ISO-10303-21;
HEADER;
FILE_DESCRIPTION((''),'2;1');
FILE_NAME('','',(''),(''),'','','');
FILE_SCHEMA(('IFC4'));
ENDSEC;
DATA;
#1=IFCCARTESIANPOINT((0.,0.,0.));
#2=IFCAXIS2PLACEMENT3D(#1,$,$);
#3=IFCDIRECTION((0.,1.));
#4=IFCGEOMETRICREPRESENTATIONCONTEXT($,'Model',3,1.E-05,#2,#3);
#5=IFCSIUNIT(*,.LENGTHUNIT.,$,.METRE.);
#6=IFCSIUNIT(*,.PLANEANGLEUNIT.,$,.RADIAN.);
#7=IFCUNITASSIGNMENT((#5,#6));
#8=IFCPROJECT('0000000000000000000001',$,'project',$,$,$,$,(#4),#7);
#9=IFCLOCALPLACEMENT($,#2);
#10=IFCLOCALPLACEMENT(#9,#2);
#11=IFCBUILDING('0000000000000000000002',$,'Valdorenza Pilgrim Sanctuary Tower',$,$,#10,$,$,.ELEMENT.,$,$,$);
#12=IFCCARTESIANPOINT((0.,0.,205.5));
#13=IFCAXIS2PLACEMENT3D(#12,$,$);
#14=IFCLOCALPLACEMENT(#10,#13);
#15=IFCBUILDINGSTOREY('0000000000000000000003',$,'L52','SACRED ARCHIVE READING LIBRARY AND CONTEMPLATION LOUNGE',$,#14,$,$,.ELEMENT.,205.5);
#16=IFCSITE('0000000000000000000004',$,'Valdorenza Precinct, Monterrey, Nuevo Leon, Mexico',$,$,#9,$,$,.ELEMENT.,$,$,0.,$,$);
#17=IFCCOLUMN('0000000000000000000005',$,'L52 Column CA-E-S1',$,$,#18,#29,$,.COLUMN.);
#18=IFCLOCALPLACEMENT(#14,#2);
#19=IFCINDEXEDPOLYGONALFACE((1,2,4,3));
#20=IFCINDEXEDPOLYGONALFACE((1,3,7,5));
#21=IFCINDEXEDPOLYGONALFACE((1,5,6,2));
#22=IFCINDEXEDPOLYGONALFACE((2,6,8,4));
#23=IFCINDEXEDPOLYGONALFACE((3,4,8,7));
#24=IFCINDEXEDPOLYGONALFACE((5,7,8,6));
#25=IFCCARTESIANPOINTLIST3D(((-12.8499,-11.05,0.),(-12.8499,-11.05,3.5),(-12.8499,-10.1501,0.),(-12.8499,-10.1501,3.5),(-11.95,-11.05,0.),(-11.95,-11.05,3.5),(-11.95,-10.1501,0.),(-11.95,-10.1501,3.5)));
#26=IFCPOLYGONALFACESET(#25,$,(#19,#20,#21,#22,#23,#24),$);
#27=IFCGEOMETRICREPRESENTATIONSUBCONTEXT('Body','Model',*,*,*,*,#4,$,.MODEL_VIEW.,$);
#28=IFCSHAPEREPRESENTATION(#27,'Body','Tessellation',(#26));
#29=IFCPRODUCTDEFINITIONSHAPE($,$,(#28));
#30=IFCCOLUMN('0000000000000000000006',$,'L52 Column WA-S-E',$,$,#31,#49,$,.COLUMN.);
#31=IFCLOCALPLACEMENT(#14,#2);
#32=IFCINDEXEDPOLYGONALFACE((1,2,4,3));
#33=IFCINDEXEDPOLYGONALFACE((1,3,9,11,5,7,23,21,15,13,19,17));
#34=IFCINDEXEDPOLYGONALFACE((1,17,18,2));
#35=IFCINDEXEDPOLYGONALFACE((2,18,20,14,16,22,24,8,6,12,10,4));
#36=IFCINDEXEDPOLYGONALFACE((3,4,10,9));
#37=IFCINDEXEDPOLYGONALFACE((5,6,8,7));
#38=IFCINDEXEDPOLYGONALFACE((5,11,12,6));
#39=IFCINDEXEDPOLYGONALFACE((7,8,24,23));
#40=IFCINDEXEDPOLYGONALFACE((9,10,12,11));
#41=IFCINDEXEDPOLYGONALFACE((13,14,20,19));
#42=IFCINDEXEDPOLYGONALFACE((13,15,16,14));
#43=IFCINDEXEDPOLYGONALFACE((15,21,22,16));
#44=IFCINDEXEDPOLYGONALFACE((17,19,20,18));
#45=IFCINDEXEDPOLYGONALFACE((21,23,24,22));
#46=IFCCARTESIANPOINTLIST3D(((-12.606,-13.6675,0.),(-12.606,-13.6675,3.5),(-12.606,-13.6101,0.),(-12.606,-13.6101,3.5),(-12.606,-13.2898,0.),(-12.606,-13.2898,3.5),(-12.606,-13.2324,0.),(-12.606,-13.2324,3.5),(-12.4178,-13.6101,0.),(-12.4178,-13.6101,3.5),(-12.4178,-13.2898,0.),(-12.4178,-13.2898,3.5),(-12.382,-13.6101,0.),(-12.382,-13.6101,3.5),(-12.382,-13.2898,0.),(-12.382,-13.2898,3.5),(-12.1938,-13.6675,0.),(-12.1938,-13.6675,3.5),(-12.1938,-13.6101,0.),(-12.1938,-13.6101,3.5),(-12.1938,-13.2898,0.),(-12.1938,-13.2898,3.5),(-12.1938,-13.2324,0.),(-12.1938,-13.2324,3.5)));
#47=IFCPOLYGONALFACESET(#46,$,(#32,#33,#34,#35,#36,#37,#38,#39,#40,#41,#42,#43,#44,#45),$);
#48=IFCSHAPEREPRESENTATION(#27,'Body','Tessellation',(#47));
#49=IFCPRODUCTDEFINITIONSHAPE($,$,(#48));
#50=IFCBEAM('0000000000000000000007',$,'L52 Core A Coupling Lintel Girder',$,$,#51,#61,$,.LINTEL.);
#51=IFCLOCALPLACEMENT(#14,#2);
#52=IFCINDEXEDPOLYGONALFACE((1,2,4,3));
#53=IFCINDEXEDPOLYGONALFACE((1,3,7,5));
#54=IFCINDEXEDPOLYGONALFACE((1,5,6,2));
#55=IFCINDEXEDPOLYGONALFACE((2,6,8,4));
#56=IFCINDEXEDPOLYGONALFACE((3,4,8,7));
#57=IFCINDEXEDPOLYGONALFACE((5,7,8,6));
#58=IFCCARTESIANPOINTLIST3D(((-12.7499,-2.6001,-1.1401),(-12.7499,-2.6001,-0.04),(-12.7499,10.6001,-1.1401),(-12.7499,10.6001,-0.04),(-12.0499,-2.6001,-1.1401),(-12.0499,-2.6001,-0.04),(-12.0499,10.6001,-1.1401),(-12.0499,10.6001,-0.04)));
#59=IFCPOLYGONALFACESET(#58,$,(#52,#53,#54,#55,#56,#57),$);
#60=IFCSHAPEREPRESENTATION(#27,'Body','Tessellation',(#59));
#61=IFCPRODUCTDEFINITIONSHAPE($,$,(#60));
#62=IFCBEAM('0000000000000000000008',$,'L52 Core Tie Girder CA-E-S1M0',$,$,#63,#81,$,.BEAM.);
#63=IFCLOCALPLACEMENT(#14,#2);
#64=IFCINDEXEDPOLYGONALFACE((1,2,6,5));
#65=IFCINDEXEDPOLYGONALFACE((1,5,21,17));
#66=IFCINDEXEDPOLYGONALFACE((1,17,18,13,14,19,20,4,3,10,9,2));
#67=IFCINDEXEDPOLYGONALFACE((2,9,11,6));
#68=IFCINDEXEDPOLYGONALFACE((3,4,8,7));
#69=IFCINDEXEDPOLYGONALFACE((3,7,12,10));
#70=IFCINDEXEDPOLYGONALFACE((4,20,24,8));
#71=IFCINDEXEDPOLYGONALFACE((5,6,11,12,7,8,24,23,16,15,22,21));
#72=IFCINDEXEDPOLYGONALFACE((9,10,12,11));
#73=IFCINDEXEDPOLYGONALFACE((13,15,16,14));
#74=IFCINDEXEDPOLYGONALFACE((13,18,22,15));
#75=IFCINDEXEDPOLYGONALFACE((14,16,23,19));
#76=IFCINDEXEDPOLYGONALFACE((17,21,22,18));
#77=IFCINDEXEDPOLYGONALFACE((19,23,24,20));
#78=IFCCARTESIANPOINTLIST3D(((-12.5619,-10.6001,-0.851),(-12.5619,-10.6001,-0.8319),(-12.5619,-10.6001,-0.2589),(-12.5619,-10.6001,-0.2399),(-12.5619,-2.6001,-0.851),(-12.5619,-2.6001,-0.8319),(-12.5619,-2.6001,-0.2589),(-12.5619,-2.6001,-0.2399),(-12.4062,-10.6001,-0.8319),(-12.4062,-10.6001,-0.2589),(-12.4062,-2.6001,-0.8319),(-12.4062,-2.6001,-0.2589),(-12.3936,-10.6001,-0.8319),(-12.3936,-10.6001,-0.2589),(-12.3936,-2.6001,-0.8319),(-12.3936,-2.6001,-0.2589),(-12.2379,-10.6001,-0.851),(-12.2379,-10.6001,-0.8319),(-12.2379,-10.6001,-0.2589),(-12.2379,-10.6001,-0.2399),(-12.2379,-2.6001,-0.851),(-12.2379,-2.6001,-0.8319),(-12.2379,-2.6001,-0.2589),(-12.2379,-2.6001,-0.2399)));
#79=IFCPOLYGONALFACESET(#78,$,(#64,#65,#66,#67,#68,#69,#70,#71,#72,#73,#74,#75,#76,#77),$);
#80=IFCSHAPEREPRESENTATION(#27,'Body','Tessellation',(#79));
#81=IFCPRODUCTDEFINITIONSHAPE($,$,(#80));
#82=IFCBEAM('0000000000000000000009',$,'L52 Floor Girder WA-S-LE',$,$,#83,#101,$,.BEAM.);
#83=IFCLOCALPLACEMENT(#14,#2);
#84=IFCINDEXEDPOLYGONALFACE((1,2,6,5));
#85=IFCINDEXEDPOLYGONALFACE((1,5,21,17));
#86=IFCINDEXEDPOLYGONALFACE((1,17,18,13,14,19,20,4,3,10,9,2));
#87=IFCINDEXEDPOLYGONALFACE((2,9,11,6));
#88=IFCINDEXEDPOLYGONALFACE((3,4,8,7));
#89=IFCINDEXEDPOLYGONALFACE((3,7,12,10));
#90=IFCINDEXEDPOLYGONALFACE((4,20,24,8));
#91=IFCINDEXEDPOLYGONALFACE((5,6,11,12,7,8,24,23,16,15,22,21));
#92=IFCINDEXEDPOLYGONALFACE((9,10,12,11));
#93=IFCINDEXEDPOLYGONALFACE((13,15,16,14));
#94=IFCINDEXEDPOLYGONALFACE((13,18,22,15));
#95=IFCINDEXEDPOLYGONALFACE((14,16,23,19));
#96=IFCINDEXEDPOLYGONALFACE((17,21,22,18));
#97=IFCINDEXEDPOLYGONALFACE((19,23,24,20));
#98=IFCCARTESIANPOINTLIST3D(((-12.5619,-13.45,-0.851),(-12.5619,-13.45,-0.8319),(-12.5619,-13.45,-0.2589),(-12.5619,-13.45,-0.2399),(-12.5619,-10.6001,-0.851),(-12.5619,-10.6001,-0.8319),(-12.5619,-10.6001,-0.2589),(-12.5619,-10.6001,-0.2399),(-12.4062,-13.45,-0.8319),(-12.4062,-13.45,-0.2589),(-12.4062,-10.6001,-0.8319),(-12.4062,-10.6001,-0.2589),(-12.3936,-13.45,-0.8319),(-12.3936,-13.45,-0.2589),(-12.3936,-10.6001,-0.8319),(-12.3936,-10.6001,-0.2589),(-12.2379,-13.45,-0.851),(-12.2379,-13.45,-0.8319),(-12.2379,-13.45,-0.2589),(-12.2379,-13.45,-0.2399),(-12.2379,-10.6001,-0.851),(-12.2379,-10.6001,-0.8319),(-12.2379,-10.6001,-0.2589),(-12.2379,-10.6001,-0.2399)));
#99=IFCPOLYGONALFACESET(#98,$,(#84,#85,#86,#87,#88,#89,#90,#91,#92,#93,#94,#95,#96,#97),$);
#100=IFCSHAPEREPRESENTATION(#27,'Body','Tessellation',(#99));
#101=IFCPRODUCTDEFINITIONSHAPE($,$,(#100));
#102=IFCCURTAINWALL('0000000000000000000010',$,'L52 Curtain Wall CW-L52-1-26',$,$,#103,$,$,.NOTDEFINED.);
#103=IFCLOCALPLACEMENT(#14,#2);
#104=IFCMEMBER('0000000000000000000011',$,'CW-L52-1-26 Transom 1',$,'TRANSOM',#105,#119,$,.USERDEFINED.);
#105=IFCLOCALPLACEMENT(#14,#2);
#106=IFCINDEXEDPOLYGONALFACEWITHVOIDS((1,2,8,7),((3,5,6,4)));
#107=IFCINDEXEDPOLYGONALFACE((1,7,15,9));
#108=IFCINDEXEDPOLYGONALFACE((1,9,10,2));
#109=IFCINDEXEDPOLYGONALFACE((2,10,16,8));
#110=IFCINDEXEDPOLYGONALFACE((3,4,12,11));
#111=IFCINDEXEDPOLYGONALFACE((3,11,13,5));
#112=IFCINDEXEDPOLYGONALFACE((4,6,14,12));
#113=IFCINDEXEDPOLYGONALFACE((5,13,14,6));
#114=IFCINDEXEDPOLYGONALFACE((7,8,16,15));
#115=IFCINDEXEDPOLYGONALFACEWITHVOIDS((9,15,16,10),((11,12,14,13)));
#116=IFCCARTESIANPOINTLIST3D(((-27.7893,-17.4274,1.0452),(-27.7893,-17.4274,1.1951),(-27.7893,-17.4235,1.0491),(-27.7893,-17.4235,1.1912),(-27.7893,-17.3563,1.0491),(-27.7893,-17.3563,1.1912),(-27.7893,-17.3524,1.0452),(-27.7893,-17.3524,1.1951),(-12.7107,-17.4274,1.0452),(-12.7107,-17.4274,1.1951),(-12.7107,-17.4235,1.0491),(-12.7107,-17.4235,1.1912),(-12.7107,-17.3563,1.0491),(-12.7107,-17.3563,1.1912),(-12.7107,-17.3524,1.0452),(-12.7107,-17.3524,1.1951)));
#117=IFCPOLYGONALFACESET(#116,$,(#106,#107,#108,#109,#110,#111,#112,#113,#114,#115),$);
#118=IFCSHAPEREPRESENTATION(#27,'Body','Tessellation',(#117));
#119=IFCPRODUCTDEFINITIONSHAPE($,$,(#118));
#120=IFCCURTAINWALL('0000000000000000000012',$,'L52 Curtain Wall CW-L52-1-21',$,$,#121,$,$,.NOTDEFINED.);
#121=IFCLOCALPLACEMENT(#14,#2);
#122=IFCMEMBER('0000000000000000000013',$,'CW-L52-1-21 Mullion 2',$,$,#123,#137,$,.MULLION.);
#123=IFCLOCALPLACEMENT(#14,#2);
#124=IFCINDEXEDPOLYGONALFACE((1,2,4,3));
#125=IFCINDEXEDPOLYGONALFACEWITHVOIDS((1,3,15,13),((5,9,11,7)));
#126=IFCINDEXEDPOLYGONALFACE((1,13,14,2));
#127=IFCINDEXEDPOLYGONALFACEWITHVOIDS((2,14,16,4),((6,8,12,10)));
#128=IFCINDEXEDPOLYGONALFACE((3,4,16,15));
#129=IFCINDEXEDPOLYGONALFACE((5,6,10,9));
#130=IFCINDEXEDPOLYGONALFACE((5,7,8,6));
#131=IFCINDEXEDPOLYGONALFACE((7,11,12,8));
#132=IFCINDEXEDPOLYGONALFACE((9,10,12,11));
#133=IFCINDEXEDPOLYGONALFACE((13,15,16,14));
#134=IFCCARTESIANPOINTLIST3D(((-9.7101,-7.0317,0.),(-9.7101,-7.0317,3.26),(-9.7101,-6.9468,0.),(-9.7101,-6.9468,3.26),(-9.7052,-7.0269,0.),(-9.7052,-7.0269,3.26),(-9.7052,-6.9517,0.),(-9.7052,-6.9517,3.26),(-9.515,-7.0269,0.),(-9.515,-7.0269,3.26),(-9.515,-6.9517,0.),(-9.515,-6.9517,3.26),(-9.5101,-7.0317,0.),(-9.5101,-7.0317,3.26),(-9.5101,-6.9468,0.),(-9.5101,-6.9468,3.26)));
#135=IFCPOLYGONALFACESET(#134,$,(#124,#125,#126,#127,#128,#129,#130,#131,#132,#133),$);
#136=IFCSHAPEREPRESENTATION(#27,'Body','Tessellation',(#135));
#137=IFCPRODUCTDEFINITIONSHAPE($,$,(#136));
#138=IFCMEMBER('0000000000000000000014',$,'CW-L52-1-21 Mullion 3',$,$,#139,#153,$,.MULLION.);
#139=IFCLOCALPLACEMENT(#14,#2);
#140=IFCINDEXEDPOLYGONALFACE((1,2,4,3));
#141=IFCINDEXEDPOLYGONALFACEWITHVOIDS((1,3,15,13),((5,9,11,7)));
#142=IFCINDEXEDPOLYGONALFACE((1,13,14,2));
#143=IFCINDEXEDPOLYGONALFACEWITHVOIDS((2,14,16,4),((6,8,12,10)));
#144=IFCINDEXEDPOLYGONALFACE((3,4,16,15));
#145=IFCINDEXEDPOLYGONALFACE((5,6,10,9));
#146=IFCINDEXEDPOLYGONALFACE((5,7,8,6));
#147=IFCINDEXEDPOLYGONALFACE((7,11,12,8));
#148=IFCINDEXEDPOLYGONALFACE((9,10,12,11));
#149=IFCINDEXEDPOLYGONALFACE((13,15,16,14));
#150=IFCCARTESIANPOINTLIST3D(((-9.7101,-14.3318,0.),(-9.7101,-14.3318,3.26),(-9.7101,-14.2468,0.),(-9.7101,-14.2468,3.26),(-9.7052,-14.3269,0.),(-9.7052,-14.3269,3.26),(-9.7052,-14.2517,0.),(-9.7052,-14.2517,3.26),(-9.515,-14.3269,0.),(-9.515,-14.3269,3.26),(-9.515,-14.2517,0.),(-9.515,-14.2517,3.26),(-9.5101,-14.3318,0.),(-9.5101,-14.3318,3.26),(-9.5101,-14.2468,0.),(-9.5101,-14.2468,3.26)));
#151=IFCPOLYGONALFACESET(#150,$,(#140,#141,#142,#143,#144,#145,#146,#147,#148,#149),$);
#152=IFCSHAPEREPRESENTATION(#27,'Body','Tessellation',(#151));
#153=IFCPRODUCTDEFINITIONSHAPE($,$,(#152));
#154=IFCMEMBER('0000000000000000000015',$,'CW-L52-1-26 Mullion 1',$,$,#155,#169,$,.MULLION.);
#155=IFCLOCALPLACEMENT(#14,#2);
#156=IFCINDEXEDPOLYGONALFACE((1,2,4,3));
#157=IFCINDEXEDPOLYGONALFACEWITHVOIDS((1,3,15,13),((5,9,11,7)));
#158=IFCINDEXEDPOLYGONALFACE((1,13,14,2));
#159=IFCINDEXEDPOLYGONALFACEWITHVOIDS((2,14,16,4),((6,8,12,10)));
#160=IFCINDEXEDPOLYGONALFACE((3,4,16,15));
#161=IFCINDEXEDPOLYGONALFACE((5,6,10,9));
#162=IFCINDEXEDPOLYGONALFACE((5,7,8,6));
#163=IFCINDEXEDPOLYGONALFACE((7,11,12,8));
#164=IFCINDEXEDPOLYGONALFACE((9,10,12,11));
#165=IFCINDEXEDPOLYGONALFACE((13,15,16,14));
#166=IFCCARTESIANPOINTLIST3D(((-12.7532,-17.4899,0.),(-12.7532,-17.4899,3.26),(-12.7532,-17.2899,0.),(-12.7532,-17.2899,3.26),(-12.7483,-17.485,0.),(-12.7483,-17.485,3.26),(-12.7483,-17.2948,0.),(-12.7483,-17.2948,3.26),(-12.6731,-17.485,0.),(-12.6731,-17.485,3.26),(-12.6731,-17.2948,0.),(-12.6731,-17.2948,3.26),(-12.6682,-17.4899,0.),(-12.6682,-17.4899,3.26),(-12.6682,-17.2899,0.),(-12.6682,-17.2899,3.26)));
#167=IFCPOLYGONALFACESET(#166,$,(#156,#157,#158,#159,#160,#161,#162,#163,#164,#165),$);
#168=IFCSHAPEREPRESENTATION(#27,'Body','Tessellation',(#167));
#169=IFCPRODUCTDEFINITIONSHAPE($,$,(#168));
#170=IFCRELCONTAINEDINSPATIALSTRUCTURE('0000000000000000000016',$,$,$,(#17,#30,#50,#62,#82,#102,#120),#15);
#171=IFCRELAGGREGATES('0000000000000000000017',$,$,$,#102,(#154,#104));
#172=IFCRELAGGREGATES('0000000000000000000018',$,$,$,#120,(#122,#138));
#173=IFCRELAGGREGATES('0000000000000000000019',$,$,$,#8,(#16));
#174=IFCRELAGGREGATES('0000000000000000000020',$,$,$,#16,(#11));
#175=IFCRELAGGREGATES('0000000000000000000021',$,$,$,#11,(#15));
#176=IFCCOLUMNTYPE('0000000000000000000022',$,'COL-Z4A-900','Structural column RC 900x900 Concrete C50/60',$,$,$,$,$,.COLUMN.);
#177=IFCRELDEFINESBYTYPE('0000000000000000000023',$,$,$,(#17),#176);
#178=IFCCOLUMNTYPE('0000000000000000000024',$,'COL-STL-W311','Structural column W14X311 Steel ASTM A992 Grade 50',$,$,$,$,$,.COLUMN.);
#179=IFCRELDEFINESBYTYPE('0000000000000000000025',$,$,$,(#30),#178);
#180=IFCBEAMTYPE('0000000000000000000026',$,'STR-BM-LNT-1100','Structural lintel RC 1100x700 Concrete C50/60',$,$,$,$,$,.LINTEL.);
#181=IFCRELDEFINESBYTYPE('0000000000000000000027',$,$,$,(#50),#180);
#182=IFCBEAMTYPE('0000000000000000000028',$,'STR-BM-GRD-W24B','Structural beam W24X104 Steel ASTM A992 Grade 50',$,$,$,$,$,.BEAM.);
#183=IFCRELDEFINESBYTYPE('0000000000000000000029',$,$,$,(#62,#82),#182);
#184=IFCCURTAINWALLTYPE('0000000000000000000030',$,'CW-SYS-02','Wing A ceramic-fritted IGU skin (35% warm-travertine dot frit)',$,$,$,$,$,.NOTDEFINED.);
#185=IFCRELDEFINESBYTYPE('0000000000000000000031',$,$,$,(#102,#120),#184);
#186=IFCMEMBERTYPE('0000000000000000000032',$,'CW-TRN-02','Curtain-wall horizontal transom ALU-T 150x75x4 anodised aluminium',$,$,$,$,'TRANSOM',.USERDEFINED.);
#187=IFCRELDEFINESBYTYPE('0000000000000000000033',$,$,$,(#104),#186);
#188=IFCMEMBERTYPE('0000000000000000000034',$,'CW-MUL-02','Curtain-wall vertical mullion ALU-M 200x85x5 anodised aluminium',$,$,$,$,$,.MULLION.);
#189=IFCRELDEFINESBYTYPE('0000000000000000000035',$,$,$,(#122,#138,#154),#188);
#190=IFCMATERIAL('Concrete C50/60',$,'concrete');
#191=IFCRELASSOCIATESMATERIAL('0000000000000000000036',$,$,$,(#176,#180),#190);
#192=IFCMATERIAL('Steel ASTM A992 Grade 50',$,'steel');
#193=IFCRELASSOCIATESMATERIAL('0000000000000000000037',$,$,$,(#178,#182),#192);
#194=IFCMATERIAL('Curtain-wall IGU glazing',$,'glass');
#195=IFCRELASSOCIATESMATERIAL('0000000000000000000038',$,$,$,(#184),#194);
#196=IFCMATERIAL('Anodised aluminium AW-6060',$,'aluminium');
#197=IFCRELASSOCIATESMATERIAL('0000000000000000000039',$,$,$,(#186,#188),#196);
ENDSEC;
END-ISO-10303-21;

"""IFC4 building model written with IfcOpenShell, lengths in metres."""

from ifc_helpers import new_model, si_unit, direction, frame, origin, origin_2d, place, context, subcontext, project, spatial, rectangle, hollow_rectangle, i_section, extrude, source, transform, mapped, material, material_profile, profile_set, type_object, element, aggregate, save


model = new_model("IFC4")

# Units and contexts
model_context = context("Model", 3, precision=1e-05, world=origin(), true_north=direction((0.0, 1.0)))
body_context = subcontext(model_context, "Body", "Model", "MODEL_VIEW")
ifc_project = project(units=[si_unit("LENGTHUNIT", "METRE"), si_unit("PLANEANGLEUNIT", "RADIAN")], contexts=[model_context])

# Site, building, storey
site_placement = place(None, origin())
site = spatial("IfcSite", under=ifc_project, at=site_placement, Name="Valdorenza Precinct, Monterrey, Nuevo Leon, Mexico", CompositionType="ELEMENT", RefElevation=0.0)
building_placement = place(site_placement, origin())
building = spatial("IfcBuilding", under=site, at=building_placement, Name="Valdorenza Pilgrim Sanctuary Tower", CompositionType="ELEMENT")
storey_placement = place(building_placement, frame((0.0, 0.0, 205.5)))
storey = spatial("IfcBuildingStorey", under=building, at=storey_placement, Name="L52", Description="SACRED ARCHIVE READING LIBRARY AND CONTEMPLATION LOUNGE", CompositionType="ELEMENT", Elevation=205.5)

# Columns
ifc_material_1 = material(Name="Concrete C50/60", Category="concrete")
ifc_material_profile_1 = material_profile(ifc_material_1, rectangle(XDim=0.8999, YDim=0.8999, at=origin_2d()), Name="RC 900x900")
ifc_profile_set_1 = profile_set([ifc_material_profile_1], Name="Concrete C50/60")
column_type_1 = type_object("IfcColumnType", Name="COL-Z4A-900", Description="Structural column RC 900x900 Concrete C50/60", PredefinedType="COLUMN", material=ifc_profile_set_1)
shared_shape_1 = source(origin(), body_context, "Body", "SweptSolid", [
    extrude(rectangle(XDim=0.8999, YDim=0.8999, at=origin_2d()), origin(), (0.0, 0.0, 1.0), 3.5),
])
column_1_placement = place(storey_placement, frame((-12.3999, -10.6001, 0.0), z_axis=(0.0, 0.0, 1.0), x_axis=(1.0, 0.0, 0.0)))
element("IfcColumn", 1, at=column_1_placement, inside=storey, type_object=column_type_1, Name="L52 Column CA-E-S1", PredefinedType="COLUMN", context=body_context, shape_type="MappedRepresentation", body=[
    mapped(shared_shape_1, transform((0.0, 0.0, 0.0), x_axis=(1.0, 0.0, 0.0), y_axis=(0.0, 1.0, 0.0), z_axis=(0.0, 0.0, 1.0), scale=1.0)),
])
ifc_material_2 = material(Name="Steel ASTM A992 Grade 50", Category="steel")
ifc_material_profile_2 = material_profile(ifc_material_2, i_section(OverallWidth=0.4121, OverallDepth=0.4351, WebThickness=0.0359, FlangeThickness=0.0574, at=origin_2d()), Name="W14X311")
ifc_profile_set_2 = profile_set([ifc_material_profile_2], Name="Steel ASTM A992 Grade 50")
column_type_2 = type_object("IfcColumnType", Name="COL-STL-W311", Description="Structural column W14X311 Steel ASTM A992 Grade 50", PredefinedType="COLUMN", material=ifc_profile_set_2)
shared_shape_2 = source(origin(), body_context, "Body", "SweptSolid", [
    extrude(i_section(OverallWidth=0.4121, OverallDepth=0.4351, WebThickness=0.0359, FlangeThickness=0.0574, at=origin_2d()), origin(), (0.0, 0.0, 1.0), 3.5),
])
column_2_placement = place(storey_placement, frame((-12.3999, -13.45, 0.0), z_axis=(0.0, 0.0, 1.0), x_axis=(1.0, 0.0, 0.0)))
element("IfcColumn", 2, at=column_2_placement, inside=storey, type_object=column_type_2, Name="L52 Column WA-S-E", PredefinedType="COLUMN", context=body_context, shape_type="MappedRepresentation", body=[
    mapped(shared_shape_2, transform((0.0, 0.0, 0.0), x_axis=(1.0, 0.0, 0.0), y_axis=(0.0, 1.0, 0.0), z_axis=(0.0, 0.0, 1.0), scale=1.0)),
])

# Beams
ifc_material_profile_3 = material_profile(ifc_material_1, rectangle(XDim=0.7, YDim=1.1001, at=origin_2d()), Name="RC 1100x700")
ifc_profile_set_3 = profile_set([ifc_material_profile_3], Name="Concrete C50/60")
beam_type_1 = type_object("IfcBeamType", Name="STR-BM-LNT-1100", Description="Structural lintel RC 1100x700 Concrete C50/60", PredefinedType="LINTEL", material=ifc_profile_set_3)
shared_shape_3 = source(origin(), body_context, "Body", "SweptSolid", [
    extrude(rectangle(XDim=0.7, YDim=1.1001, at=origin_2d()), origin(), (0.0, 0.0, 1.0), 13.2002),
])
beam_1_placement = place(storey_placement, frame((-12.3999, -2.6001, -0.5901), z_axis=(0.0, 1.0, 0.0), x_axis=(-1.0, 0.0, 0.0)))
element("IfcBeam", 3, at=beam_1_placement, inside=storey, type_object=beam_type_1, Name="L52 Core A Coupling Lintel Girder", PredefinedType="LINTEL", context=body_context, shape_type="MappedRepresentation", body=[
    mapped(shared_shape_3, transform((0.0, 0.0, 0.0), x_axis=(1.0, 0.0, 0.0), y_axis=(0.0, 1.0, 0.0), z_axis=(0.0, 0.0, 1.0), scale=1.0)),
])
ifc_material_profile_4 = material_profile(ifc_material_2, i_section(OverallWidth=0.324, OverallDepth=0.6111, WebThickness=0.0127, FlangeThickness=0.019, at=origin_2d()), Name="W24X104")
ifc_profile_set_4 = profile_set([ifc_material_profile_4], Name="Steel ASTM A992 Grade 50")
beam_type_2 = type_object("IfcBeamType", Name="STR-BM-GRD-W24B", Description="Structural beam W24X104 Steel ASTM A992 Grade 50", PredefinedType="BEAM", material=ifc_profile_set_4)
shared_shape_4 = source(origin(), body_context, "Body", "SweptSolid", [
    extrude(i_section(OverallWidth=0.324, OverallDepth=0.6111, WebThickness=0.0127, FlangeThickness=0.019, at=origin_2d()), origin(), (0.0, 0.0, 1.0), 8.0),
])
beam_2_placement = place(storey_placement, frame((-12.3999, -10.6001, -0.5454), z_axis=(0.0, 1.0, 0.0), x_axis=(-1.0, 0.0, 0.0)))
element("IfcBeam", 4, at=beam_2_placement, inside=storey, type_object=beam_type_2, Name="L52 Core Tie Girder CA-E-S1M0", PredefinedType="BEAM", context=body_context, shape_type="MappedRepresentation", body=[
    mapped(shared_shape_4, transform((0.0, 0.0, 0.0), x_axis=(1.0, 0.0, 0.0), y_axis=(0.0, 1.0, 0.0), z_axis=(0.0, 0.0, 1.0), scale=1.0)),
])
shared_shape_5 = source(origin(), body_context, "Body", "SweptSolid", [
    extrude(i_section(OverallWidth=0.324, OverallDepth=0.6111, WebThickness=0.0127, FlangeThickness=0.019, at=origin_2d()), origin(), (0.0, 0.0, 1.0), 2.8499),
])
beam_3_placement = place(storey_placement, frame((-12.3999, -13.45, -0.5454), z_axis=(0.0, 1.0, 0.0), x_axis=(-1.0, 0.0, 0.0)))
element("IfcBeam", 5, at=beam_3_placement, inside=storey, type_object=beam_type_2, Name="L52 Floor Girder WA-S-LE", PredefinedType="BEAM", context=body_context, shape_type="MappedRepresentation", body=[
    mapped(shared_shape_5, transform((0.0, 0.0, 0.0), x_axis=(1.0, 0.0, 0.0), y_axis=(0.0, 1.0, 0.0), z_axis=(0.0, 0.0, 1.0), scale=1.0)),
])

# Curtain wall, member
ifc_material_3 = material(Name="Curtain-wall IGU glazing", Category="glass")
curtain_wall_type = type_object("IfcCurtainWallType", Name="CW-SYS-02", Description="Wing A ceramic-fritted IGU skin (35% warm-travertine dot frit)", PredefinedType="NOTDEFINED", material=ifc_material_3)
curtain_wall_1_placement = place(storey_placement, origin())
curtain_wall_1 = element("IfcCurtainWall", 6, at=curtain_wall_1_placement, inside=storey, type_object=curtain_wall_type, Name="L52 Curtain Wall CW-L52-1-26", PredefinedType="NOTDEFINED")
ifc_material_4 = material(Name="Anodised aluminium AW-6060", Category="aluminium")
ifc_material_profile_5 = material_profile(ifc_material_4, hollow_rectangle(XDim=0.075, YDim=0.1499, WallThickness=0.0039, at=origin_2d()), Name="ALU-T 150x75x4")
ifc_profile_set_5 = profile_set([ifc_material_profile_5], Name="Anodised aluminium AW-6060")
member_type_1 = type_object("IfcMemberType", Name="CW-TRN-02", Description="Curtain-wall horizontal transom ALU-T 150x75x4 anodised aluminium", ElementType="TRANSOM", PredefinedType="USERDEFINED", material=ifc_profile_set_5)
shared_shape_6 = source(origin(), body_context, "Body", "SweptSolid", [
    extrude(hollow_rectangle(XDim=0.075, YDim=0.1499, WallThickness=0.0039, at=origin_2d()), origin(), (0.0, 0.0, 1.0), 15.0786),
])
member_1_placement = place(storey_placement, frame((-12.7107, -17.3899, 1.1201), z_axis=(-1.0, 0.0, 0.0), x_axis=(0.0, -1.0, 0.0)))
member_1 = element("IfcMember", 7, at=member_1_placement, type_object=member_type_1, Name="CW-L52-1-26 Transom 1", ObjectType="TRANSOM", PredefinedType="USERDEFINED", context=body_context, shape_type="MappedRepresentation", body=[
    mapped(shared_shape_6, transform((0.0, 0.0, 0.0), x_axis=(1.0, 0.0, 0.0), y_axis=(0.0, 1.0, 0.0), z_axis=(0.0, 0.0, 1.0), scale=1.0)),
])

# Curtain wall, members
curtain_wall_2_placement = place(storey_placement, origin())
curtain_wall_2 = element("IfcCurtainWall", 8, at=curtain_wall_2_placement, inside=storey, type_object=curtain_wall_type, Name="L52 Curtain Wall CW-L52-1-21", PredefinedType="NOTDEFINED")
ifc_material_profile_6 = material_profile(ifc_material_4, hollow_rectangle(XDim=0.085, YDim=0.2, WallThickness=0.0049, at=origin_2d()), Name="ALU-M 200x85x5")
ifc_profile_set_6 = profile_set([ifc_material_profile_6], Name="Anodised aluminium AW-6060")
member_type_2 = type_object("IfcMemberType", Name="CW-MUL-02", Description="Curtain-wall vertical mullion ALU-M 200x85x5 anodised aluminium", PredefinedType="MULLION", material=ifc_profile_set_6)
shared_shape_7 = source(origin(), body_context, "Body", "SweptSolid", [
    extrude(hollow_rectangle(XDim=0.085, YDim=0.2, WallThickness=0.0049, at=origin_2d()), origin(), (0.0, 0.0, 1.0), 3.26),
])
member_2_placement = place(storey_placement, frame((-9.6101, -6.9893, 0.0), z_axis=(0.0, 0.0, 1.0), x_axis=(0.0, -1.0, 0.0)))
member_2 = element("IfcMember", 9, at=member_2_placement, type_object=member_type_2, Name="CW-L52-1-21 Mullion 2", PredefinedType="MULLION", context=body_context, shape_type="MappedRepresentation", body=[
    mapped(shared_shape_7, transform((0.0, 0.0, 0.0), x_axis=(1.0, 0.0, 0.0), y_axis=(0.0, 1.0, 0.0), z_axis=(0.0, 0.0, 1.0), scale=1.0)),
])
member_3_placement = place(storey_placement, frame((-9.6101, -14.2893, 0.0), z_axis=(0.0, 0.0, 1.0), x_axis=(0.0, -1.0, 0.0)))
member_3 = element("IfcMember", 10, at=member_3_placement, type_object=member_type_2, Name="CW-L52-1-21 Mullion 3", PredefinedType="MULLION", context=body_context, shape_type="MappedRepresentation", body=[
    mapped(shared_shape_7, transform((0.0, 0.0, 0.0), x_axis=(1.0, 0.0, 0.0), y_axis=(0.0, 1.0, 0.0), z_axis=(0.0, 0.0, 1.0), scale=1.0)),
])

# Member
member_4_placement = place(storey_placement, frame((-12.7107, -17.3899, 0.0), z_axis=(0.0, 0.0, 1.0), x_axis=(-1.0, 0.0, 0.0)))
member_4 = element("IfcMember", 11, at=member_4_placement, type_object=member_type_2, Name="CW-L52-1-26 Mullion 1", PredefinedType="MULLION", context=body_context, shape_type="MappedRepresentation", body=[
    mapped(shared_shape_7, transform((0.0, 0.0, 0.0), x_axis=(1.0, 0.0, 0.0), y_axis=(0.0, 1.0, 0.0), z_axis=(0.0, 0.0, 1.0), scale=1.0)),
])
aggregate(curtain_wall_1, [member_4, member_1])

aggregate(curtain_wall_2, [member_2, member_3])

save(model, "model.ifc")
